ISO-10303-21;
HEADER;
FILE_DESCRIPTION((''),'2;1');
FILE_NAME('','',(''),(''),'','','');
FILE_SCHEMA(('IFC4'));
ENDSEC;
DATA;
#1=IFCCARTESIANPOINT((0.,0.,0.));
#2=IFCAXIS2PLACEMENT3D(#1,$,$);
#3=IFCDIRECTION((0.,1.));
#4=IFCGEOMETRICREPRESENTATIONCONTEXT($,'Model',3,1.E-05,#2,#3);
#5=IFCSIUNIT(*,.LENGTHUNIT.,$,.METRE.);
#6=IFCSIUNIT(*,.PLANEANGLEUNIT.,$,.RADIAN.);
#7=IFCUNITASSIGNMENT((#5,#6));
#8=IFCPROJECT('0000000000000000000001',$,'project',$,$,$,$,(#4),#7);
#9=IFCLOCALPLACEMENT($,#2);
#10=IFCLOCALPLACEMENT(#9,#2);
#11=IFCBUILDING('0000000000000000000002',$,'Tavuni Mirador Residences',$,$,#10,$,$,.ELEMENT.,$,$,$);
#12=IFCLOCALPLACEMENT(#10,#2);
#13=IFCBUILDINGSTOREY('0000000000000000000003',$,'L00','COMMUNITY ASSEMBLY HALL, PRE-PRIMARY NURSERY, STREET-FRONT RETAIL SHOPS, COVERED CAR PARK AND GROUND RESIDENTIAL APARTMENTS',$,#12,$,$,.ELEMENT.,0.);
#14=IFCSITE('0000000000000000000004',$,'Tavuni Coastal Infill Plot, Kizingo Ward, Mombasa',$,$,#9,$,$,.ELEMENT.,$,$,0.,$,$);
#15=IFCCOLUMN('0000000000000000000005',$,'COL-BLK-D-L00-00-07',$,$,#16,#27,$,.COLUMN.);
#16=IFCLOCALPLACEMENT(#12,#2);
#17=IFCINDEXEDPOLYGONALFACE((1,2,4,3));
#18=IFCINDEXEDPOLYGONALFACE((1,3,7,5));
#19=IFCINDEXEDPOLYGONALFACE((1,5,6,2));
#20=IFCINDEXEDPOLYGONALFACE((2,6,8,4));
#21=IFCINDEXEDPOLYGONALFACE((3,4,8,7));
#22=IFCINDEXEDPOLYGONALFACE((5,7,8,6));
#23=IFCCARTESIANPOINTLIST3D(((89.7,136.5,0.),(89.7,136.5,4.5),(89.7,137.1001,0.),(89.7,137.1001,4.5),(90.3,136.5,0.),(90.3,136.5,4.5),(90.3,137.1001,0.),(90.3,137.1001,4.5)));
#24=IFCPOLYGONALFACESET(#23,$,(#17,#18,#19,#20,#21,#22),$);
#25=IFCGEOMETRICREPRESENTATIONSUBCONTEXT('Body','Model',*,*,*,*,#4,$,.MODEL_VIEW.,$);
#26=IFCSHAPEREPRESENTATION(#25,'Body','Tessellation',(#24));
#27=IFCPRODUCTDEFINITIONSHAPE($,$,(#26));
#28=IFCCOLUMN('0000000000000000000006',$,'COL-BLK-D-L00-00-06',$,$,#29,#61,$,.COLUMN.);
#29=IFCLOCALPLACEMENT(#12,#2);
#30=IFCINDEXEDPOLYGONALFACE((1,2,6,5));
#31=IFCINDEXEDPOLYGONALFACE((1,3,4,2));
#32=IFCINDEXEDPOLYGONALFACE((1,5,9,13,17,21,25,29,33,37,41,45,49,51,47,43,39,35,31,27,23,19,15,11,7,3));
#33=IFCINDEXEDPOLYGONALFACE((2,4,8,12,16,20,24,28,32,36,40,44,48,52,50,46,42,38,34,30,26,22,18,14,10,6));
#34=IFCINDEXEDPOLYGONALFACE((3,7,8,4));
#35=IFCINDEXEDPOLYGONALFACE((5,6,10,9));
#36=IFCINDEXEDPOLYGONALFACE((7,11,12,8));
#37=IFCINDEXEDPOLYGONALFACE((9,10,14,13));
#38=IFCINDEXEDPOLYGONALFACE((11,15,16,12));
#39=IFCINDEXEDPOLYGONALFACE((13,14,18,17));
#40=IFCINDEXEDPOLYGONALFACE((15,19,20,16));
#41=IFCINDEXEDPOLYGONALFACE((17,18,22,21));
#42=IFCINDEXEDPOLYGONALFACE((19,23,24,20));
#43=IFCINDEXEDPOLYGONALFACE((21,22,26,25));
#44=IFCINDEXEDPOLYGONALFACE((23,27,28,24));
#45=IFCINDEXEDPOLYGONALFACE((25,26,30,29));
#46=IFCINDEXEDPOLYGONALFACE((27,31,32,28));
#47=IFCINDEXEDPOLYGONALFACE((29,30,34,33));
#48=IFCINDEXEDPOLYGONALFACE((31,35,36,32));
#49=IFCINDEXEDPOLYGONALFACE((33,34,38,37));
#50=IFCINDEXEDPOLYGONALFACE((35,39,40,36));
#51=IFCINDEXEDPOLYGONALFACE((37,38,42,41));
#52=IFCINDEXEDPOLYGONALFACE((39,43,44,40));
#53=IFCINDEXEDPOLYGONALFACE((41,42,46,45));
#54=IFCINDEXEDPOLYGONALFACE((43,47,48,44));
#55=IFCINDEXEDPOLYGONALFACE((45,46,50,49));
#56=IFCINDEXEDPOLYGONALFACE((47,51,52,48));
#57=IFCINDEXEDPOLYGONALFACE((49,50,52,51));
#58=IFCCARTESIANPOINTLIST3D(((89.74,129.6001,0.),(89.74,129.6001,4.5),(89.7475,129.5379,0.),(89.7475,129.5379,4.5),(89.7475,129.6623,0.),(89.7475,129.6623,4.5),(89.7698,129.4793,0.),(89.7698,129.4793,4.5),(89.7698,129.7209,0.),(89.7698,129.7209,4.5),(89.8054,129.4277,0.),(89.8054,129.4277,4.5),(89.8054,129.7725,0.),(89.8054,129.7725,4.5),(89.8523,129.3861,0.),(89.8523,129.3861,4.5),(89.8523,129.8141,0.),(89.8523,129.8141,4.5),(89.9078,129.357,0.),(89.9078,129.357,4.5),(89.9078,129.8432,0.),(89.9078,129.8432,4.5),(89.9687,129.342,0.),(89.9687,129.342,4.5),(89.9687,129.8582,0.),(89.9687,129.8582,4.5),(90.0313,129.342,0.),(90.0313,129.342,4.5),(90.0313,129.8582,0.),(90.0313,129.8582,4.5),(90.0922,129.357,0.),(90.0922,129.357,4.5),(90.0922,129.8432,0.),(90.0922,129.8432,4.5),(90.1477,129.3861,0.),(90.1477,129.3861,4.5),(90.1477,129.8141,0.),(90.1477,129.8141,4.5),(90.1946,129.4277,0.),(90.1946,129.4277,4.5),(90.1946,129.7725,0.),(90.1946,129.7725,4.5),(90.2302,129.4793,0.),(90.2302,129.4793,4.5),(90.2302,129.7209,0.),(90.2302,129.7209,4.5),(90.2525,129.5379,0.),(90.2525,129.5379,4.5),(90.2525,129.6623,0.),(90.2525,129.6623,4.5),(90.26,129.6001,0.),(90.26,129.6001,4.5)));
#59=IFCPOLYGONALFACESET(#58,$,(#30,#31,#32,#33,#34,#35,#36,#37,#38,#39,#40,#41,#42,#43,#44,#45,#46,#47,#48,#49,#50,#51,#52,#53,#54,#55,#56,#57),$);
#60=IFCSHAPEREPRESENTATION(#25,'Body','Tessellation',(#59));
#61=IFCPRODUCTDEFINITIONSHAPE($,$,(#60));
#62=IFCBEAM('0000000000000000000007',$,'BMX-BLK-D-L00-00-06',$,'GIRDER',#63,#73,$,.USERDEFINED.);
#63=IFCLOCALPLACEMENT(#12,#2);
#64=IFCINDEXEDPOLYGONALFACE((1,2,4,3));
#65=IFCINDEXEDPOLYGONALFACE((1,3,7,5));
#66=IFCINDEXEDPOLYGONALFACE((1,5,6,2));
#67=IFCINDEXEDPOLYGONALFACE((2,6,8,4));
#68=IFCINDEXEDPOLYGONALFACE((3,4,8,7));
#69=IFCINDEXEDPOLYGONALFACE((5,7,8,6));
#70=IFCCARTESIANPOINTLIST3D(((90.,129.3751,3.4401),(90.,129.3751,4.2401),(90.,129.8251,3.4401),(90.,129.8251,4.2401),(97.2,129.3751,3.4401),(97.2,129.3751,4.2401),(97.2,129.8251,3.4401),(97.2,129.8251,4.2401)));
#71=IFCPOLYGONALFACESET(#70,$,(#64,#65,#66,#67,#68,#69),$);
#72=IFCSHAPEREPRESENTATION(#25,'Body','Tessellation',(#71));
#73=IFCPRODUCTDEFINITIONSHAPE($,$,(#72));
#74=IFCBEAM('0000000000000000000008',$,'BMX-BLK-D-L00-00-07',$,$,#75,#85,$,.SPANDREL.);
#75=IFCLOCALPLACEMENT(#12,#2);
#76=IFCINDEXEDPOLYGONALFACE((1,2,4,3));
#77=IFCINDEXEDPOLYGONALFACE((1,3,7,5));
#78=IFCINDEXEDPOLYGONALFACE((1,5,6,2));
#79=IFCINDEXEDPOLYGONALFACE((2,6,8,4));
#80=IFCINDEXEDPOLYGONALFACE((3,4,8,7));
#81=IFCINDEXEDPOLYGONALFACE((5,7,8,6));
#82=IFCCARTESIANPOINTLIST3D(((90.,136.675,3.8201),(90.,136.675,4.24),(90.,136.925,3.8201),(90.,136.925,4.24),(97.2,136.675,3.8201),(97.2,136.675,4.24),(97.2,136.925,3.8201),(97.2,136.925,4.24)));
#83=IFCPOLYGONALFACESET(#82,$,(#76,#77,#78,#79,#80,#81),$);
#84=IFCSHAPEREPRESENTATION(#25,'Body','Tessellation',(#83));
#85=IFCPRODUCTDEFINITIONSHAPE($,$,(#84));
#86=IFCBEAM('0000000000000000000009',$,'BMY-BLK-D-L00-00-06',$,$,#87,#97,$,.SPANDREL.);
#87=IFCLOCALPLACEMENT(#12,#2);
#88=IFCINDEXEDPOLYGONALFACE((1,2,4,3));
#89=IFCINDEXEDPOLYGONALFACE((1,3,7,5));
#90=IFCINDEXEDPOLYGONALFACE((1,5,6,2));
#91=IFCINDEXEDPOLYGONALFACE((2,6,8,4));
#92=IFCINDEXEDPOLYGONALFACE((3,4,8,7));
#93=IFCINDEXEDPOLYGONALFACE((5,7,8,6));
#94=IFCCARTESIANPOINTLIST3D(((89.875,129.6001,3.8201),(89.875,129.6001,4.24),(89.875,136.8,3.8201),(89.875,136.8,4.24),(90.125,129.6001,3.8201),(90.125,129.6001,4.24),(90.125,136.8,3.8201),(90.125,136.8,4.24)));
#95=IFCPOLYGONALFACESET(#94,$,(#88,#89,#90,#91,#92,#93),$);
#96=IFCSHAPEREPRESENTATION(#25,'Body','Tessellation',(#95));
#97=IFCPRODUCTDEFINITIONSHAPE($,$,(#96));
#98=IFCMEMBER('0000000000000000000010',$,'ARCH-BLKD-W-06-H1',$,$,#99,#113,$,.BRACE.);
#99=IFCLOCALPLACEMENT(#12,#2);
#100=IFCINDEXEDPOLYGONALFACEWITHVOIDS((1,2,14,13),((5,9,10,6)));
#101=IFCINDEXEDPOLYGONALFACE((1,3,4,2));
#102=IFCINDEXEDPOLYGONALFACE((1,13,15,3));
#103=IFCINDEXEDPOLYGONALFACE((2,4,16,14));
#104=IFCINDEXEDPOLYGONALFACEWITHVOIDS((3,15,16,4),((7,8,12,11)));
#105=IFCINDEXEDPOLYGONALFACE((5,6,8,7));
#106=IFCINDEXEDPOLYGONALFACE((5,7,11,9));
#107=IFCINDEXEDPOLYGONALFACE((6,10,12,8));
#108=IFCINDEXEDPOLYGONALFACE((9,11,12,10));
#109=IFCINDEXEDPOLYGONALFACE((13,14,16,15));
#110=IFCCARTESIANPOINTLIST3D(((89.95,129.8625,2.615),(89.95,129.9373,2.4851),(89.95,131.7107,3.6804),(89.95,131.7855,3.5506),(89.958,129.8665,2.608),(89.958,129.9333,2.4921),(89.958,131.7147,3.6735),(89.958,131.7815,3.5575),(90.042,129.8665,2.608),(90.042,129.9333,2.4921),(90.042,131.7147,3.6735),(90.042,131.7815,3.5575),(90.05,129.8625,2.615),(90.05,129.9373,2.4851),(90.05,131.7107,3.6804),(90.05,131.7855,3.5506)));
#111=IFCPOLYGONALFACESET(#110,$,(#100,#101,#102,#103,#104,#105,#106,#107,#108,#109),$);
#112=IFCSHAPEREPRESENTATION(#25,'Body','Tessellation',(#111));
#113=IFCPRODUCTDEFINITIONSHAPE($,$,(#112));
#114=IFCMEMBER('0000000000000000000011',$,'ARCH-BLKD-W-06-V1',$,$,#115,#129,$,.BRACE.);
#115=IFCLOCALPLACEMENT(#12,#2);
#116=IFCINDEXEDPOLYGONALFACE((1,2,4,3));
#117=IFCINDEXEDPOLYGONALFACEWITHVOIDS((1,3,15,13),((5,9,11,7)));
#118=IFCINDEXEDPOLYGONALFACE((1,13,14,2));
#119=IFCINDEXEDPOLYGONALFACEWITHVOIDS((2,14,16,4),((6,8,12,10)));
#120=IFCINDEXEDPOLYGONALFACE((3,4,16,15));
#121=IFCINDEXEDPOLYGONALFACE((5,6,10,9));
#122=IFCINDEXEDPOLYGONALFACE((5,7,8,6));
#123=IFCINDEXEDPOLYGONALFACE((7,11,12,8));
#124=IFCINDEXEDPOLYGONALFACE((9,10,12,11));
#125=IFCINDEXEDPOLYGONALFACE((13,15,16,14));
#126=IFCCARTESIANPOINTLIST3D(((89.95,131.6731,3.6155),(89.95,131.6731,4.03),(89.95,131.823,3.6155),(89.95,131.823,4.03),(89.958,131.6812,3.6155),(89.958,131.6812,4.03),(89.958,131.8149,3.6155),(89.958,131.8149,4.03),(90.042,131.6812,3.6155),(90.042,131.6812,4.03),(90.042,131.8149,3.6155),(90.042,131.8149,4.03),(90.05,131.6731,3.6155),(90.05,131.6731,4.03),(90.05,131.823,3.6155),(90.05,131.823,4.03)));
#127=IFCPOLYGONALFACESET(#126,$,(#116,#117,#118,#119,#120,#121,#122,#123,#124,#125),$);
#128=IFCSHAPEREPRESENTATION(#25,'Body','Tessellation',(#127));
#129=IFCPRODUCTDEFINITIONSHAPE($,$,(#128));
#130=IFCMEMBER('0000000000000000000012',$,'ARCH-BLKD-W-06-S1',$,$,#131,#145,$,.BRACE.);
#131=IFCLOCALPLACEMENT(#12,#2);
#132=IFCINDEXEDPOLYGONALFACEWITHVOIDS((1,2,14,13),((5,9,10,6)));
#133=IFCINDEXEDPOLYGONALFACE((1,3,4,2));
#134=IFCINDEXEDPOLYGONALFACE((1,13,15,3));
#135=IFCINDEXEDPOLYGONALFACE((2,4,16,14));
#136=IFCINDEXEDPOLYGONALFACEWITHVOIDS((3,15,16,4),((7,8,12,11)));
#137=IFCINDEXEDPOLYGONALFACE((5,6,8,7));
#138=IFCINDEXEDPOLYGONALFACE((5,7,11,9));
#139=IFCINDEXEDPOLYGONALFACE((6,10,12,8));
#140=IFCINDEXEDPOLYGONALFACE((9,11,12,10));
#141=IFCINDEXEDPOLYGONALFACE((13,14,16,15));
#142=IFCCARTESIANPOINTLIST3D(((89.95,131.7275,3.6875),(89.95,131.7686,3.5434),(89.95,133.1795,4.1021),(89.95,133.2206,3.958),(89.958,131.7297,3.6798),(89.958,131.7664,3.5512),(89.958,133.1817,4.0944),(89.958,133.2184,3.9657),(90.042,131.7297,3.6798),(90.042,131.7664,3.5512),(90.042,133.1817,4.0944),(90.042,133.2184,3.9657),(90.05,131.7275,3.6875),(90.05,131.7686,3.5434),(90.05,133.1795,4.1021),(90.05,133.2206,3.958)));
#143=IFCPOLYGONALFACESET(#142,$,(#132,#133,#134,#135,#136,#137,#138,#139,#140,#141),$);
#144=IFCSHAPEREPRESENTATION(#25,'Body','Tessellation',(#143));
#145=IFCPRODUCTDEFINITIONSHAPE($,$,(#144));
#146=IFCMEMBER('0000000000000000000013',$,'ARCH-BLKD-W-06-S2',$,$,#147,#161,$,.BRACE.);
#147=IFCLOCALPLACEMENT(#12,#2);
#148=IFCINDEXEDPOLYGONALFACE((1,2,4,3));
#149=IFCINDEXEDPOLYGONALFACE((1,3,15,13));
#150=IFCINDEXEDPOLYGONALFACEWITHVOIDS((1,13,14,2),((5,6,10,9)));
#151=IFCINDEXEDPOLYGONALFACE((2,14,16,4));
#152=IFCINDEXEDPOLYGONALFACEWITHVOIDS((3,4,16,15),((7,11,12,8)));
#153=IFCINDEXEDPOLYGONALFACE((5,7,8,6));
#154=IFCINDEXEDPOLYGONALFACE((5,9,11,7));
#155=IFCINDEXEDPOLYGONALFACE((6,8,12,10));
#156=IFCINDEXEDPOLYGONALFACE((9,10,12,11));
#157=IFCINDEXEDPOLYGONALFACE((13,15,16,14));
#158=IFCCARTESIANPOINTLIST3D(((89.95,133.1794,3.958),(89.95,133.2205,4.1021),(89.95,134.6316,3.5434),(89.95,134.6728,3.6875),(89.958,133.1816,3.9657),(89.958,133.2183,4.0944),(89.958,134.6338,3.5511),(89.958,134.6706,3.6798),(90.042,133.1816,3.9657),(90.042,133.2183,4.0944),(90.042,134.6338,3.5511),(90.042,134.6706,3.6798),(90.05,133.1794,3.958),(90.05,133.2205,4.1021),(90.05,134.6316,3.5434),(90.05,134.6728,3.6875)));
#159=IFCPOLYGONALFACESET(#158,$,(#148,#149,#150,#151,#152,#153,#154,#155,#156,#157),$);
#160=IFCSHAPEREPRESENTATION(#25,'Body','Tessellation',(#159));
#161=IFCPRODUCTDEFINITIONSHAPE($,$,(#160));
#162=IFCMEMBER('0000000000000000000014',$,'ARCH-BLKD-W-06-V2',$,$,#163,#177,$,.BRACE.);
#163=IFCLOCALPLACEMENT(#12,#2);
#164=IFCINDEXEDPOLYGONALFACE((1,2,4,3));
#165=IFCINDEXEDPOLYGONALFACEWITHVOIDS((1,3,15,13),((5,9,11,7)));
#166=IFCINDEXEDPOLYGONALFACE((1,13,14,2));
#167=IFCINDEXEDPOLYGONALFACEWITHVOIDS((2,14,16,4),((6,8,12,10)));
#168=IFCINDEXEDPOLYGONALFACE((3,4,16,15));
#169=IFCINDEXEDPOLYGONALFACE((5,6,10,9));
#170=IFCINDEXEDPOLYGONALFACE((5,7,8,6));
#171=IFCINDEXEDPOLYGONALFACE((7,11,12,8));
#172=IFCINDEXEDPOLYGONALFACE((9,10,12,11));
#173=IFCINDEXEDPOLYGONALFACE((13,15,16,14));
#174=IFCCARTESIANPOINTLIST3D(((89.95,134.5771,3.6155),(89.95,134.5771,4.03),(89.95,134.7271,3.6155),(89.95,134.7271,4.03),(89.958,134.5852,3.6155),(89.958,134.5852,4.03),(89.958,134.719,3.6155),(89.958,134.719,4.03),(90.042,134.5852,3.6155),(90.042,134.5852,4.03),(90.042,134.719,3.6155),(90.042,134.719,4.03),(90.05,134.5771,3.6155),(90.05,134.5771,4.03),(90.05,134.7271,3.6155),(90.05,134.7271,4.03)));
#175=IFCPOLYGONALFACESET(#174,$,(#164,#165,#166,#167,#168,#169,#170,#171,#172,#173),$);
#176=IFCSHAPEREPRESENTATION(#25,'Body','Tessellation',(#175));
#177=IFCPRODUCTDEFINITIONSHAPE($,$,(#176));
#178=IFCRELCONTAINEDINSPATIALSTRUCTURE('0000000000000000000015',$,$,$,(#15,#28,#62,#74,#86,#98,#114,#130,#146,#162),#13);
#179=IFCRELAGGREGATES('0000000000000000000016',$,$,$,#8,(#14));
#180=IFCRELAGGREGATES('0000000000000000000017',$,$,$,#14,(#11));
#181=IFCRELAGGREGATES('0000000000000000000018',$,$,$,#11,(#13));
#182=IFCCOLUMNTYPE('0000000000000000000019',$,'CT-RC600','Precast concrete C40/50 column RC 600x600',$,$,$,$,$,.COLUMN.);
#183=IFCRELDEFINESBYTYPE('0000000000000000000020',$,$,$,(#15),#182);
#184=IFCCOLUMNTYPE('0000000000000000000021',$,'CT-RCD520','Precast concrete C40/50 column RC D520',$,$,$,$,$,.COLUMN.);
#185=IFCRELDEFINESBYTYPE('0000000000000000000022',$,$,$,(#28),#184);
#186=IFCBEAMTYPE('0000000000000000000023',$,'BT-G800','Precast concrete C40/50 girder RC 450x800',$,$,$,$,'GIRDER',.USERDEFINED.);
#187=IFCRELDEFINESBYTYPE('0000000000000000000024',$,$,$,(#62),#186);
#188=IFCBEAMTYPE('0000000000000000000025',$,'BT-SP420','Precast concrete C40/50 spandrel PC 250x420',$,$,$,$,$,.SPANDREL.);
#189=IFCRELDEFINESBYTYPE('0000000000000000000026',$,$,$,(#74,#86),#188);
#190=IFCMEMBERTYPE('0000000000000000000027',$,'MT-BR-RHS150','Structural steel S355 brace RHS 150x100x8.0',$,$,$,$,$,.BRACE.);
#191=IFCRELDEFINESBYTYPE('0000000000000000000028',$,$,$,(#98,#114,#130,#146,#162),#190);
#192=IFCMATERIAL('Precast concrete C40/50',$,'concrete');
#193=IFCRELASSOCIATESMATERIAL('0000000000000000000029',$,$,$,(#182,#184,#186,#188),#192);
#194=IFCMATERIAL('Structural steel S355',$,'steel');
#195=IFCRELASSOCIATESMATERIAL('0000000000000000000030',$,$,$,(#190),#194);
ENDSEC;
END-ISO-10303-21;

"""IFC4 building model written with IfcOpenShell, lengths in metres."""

from ifc_helpers import new_model, si_unit, direction, frame, origin, origin_2d, place, context, subcontext, project, spatial, rectangle, hollow_rectangle, circle, extrude, material, material_profile, profile_set, type_object, element, save


model = new_model("IFC4")

# Units and contexts
model_context = context("Model", 3, precision=1e-05, world=origin(), true_north=direction((0.0, 1.0)))
body_context = subcontext(model_context, "Body", "Model", "MODEL_VIEW")
ifc_project = project(units=[si_unit("LENGTHUNIT", "METRE"), si_unit("PLANEANGLEUNIT", "RADIAN")], contexts=[model_context])

# Site, building, storey
site_placement = place(None, origin())
site = spatial("IfcSite", under=ifc_project, at=site_placement, Name="Tavuni Coastal Infill Plot, Kizingo Ward, Mombasa", CompositionType="ELEMENT", RefElevation=0.0)
building_placement = place(site_placement, origin())
building = spatial("IfcBuilding", under=site, at=building_placement, Name="Tavuni Mirador Residences", CompositionType="ELEMENT")
storey_placement = place(building_placement, origin())
storey = spatial("IfcBuildingStorey", under=building, at=storey_placement, Name="L00", Description="COMMUNITY ASSEMBLY HALL, PRE-PRIMARY NURSERY, STREET-FRONT RETAIL SHOPS, COVERED CAR PARK AND GROUND RESIDENTIAL APARTMENTS", CompositionType="ELEMENT", Elevation=0.0)

# Columns
ifc_material_1 = material(Name="Precast concrete C40/50", Category="concrete")
ifc_material_profile_1 = material_profile(ifc_material_1, rectangle(XDim=0.6001, YDim=0.6001, at=origin_2d()), Name="RC 600x600", Category="concrete")
ifc_profile_set_1 = profile_set([ifc_material_profile_1], Name="Precast concrete C40/50")
column_type_1 = type_object("IfcColumnType", Name="CT-RC600", Description="Precast concrete C40/50 column RC 600x600", PredefinedType="COLUMN", material=ifc_profile_set_1)
column_1_placement = place(storey_placement, frame((90.0, 136.8, 0.0), z_axis=(0.0, 0.0, 1.0), x_axis=(1.0, 0.0, 0.0)))
element("IfcColumn", 1, at=column_1_placement, inside=storey, type_object=column_type_1, Name="COL-BLK-D-L00-00-07", PredefinedType="COLUMN", context=body_context, shape_type="SweptSolid", body=[
    extrude(rectangle(XDim=0.6001, YDim=0.6001, at=origin_2d()), origin(), (0.0, 0.0, 1.0), 4.5),
])
ifc_material_profile_2 = material_profile(ifc_material_1, circle(Radius=0.26, at=origin_2d()), Name="RC D520", Category="concrete")
ifc_profile_set_2 = profile_set([ifc_material_profile_2], Name="Precast concrete C40/50")
column_type_2 = type_object("IfcColumnType", Name="CT-RCD520", Description="Precast concrete C40/50 column RC D520", PredefinedType="COLUMN", material=ifc_profile_set_2)
column_2_placement = place(storey_placement, frame((90.0, 129.6001, 0.0), z_axis=(0.0, 0.0, 1.0), x_axis=(1.0, 0.0, 0.0)))
element("IfcColumn", 2, at=column_2_placement, inside=storey, type_object=column_type_2, Name="COL-BLK-D-L00-00-06", PredefinedType="COLUMN", context=body_context, shape_type="SweptSolid", body=[
    extrude(circle(Radius=0.26, at=origin_2d()), origin(), (0.0, 0.0, 1.0), 4.5),
])

# Beams
ifc_material_profile_3 = material_profile(ifc_material_1, rectangle(XDim=0.45, YDim=0.8, at=origin_2d()), Name="RC 450x800", Category="concrete")
ifc_profile_set_3 = profile_set([ifc_material_profile_3], Name="Precast concrete C40/50")
beam_type_1 = type_object("IfcBeamType", Name="BT-G800", Description="Precast concrete C40/50 girder RC 450x800", ElementType="GIRDER", PredefinedType="USERDEFINED", material=ifc_profile_set_3)
beam_placement = place(storey_placement, frame((90.0, 129.6001, 3.8401), z_axis=(1.0, 0.0, 0.0), x_axis=(0.0, 1.0, 0.0)))
element("IfcBeam", 3, at=beam_placement, inside=storey, type_object=beam_type_1, Name="BMX-BLK-D-L00-00-06", ObjectType="GIRDER", PredefinedType="USERDEFINED", context=body_context, shape_type="SweptSolid", body=[
    extrude(rectangle(XDim=0.45, YDim=0.8, at=origin_2d()), origin(), (0.0, 0.0, 1.0), 7.2),
])
ifc_material_profile_4 = material_profile(ifc_material_1, rectangle(XDim=0.25, YDim=0.4199, at=origin_2d()), Name="PC 250x420", Category="concrete")
ifc_profile_set_4 = profile_set([ifc_material_profile_4], Name="Precast concrete C40/50")
beam_type_2 = type_object("IfcBeamType", Name="BT-SP420", Description="Precast concrete C40/50 spandrel PC 250x420", PredefinedType="SPANDREL", material=ifc_profile_set_4)
for number, where, z_axis, x_axis, name in (
    (4, (90.0, 136.8, 4.03), (1.0, 0.0, 0.0), (0.0, 1.0, 0.0), "BMX-BLK-D-L00-00-07"),
    (5, (90.0, 129.6001, 4.03), (0.0, 1.0, 0.0), (-1.0, 0.0, 0.0), "BMY-BLK-D-L00-00-06"),
):
    element("IfcBeam", number, at=place(storey_placement, frame(where, z_axis=z_axis, x_axis=x_axis)), inside=storey, type_object=beam_type_2, Name=name, PredefinedType="SPANDREL", context=body_context, shape_type="SweptSolid", body=[
        extrude(rectangle(XDim=0.25, YDim=0.4199, at=origin_2d()), origin(), (0.0, 0.0, 1.0), 7.2),
    ])

# Members
ifc_material_2 = material(Name="Structural steel S355", Category="steel")
ifc_material_profile_5 = material_profile(ifc_material_2, hollow_rectangle(XDim=0.1001, YDim=0.1499, WallThickness=0.0081, at=origin_2d()), Name="RHS 150x100x8.0", Category="steel")
ifc_profile_set_5 = profile_set([ifc_material_profile_5], Name="Structural steel S355")
member_type = type_object("IfcMemberType", Name="MT-BR-RHS150", Description="Structural steel S355 brace RHS 150x100x8.0", PredefinedType="BRACE", material=ifc_profile_set_5)
member_1_placement = place(storey_placement, frame((90.0, 129.8999, 2.55), z_axis=(0.0, 0.866349, 0.499438), x_axis=(-1.0, 0.0, 0.0)))
element("IfcMember", 6, at=member_1_placement, inside=storey, type_object=member_type, Name="ARCH-BLKD-W-06-H1", PredefinedType="BRACE", context=body_context, shape_type="SweptSolid", body=[
    extrude(hollow_rectangle(XDim=0.1001, YDim=0.1499, WallThickness=0.0081, at=origin_2d()), origin(), (0.0, 0.0, 1.0), 2.1333),
])
member_2_placement = place(storey_placement, frame((90.0, 131.748, 3.6155), z_axis=(0.0, 0.0, 1.0), x_axis=(1.0, 0.0, 0.0)))
element("IfcMember", 7, at=member_2_placement, inside=storey, type_object=member_type, Name="ARCH-BLKD-W-06-V1", PredefinedType="BRACE", context=body_context, shape_type="SweptSolid", body=[
    extrude(hollow_rectangle(XDim=0.1001, YDim=0.1499, WallThickness=0.0081, at=origin_2d()), origin(), (0.0, 0.0, 1.0), 0.4146),
])
member_3_placement = place(storey_placement, frame((90.0, 131.748, 3.6155), z_axis=(0.0, 0.961573, 0.27455), x_axis=(-1.0, 0.0, 0.0)))
element("IfcMember", 8, at=member_3_placement, inside=storey, type_object=member_type, Name="ARCH-BLKD-W-06-S1", PredefinedType="BRACE", context=body_context, shape_type="SweptSolid", body=[
    extrude(hollow_rectangle(XDim=0.1001, YDim=0.1499, WallThickness=0.0081, at=origin_2d()), origin(), (0.0, 0.0, 1.0), 1.51),
])
member_4_placement = place(storey_placement, frame((90.0, 133.2, 4.03), z_axis=(0.0, 0.961585, -0.274508), x_axis=(-1.0, 0.0, 0.0)))
element("IfcMember", 9, at=member_4_placement, inside=storey, type_object=member_type, Name="ARCH-BLKD-W-06-S2", PredefinedType="BRACE", context=body_context, shape_type="SweptSolid", body=[
    extrude(hollow_rectangle(XDim=0.1001, YDim=0.1499, WallThickness=0.0081, at=origin_2d()), origin(), (0.0, 0.0, 1.0), 1.5103),
])
member_5_placement = place(storey_placement, frame((90.0, 134.6521, 3.6155), z_axis=(0.0, 0.0, 1.0), x_axis=(1.0, 0.0, 0.0)))
element("IfcMember", 10, at=member_5_placement, inside=storey, type_object=member_type, Name="ARCH-BLKD-W-06-V2", PredefinedType="BRACE", context=body_context, shape_type="SweptSolid", body=[
    extrude(hollow_rectangle(XDim=0.1001, YDim=0.1499, WallThickness=0.0081, at=origin_2d()), origin(), (0.0, 0.0, 1.0), 0.4146),
])

save(model, "model.ifc")
